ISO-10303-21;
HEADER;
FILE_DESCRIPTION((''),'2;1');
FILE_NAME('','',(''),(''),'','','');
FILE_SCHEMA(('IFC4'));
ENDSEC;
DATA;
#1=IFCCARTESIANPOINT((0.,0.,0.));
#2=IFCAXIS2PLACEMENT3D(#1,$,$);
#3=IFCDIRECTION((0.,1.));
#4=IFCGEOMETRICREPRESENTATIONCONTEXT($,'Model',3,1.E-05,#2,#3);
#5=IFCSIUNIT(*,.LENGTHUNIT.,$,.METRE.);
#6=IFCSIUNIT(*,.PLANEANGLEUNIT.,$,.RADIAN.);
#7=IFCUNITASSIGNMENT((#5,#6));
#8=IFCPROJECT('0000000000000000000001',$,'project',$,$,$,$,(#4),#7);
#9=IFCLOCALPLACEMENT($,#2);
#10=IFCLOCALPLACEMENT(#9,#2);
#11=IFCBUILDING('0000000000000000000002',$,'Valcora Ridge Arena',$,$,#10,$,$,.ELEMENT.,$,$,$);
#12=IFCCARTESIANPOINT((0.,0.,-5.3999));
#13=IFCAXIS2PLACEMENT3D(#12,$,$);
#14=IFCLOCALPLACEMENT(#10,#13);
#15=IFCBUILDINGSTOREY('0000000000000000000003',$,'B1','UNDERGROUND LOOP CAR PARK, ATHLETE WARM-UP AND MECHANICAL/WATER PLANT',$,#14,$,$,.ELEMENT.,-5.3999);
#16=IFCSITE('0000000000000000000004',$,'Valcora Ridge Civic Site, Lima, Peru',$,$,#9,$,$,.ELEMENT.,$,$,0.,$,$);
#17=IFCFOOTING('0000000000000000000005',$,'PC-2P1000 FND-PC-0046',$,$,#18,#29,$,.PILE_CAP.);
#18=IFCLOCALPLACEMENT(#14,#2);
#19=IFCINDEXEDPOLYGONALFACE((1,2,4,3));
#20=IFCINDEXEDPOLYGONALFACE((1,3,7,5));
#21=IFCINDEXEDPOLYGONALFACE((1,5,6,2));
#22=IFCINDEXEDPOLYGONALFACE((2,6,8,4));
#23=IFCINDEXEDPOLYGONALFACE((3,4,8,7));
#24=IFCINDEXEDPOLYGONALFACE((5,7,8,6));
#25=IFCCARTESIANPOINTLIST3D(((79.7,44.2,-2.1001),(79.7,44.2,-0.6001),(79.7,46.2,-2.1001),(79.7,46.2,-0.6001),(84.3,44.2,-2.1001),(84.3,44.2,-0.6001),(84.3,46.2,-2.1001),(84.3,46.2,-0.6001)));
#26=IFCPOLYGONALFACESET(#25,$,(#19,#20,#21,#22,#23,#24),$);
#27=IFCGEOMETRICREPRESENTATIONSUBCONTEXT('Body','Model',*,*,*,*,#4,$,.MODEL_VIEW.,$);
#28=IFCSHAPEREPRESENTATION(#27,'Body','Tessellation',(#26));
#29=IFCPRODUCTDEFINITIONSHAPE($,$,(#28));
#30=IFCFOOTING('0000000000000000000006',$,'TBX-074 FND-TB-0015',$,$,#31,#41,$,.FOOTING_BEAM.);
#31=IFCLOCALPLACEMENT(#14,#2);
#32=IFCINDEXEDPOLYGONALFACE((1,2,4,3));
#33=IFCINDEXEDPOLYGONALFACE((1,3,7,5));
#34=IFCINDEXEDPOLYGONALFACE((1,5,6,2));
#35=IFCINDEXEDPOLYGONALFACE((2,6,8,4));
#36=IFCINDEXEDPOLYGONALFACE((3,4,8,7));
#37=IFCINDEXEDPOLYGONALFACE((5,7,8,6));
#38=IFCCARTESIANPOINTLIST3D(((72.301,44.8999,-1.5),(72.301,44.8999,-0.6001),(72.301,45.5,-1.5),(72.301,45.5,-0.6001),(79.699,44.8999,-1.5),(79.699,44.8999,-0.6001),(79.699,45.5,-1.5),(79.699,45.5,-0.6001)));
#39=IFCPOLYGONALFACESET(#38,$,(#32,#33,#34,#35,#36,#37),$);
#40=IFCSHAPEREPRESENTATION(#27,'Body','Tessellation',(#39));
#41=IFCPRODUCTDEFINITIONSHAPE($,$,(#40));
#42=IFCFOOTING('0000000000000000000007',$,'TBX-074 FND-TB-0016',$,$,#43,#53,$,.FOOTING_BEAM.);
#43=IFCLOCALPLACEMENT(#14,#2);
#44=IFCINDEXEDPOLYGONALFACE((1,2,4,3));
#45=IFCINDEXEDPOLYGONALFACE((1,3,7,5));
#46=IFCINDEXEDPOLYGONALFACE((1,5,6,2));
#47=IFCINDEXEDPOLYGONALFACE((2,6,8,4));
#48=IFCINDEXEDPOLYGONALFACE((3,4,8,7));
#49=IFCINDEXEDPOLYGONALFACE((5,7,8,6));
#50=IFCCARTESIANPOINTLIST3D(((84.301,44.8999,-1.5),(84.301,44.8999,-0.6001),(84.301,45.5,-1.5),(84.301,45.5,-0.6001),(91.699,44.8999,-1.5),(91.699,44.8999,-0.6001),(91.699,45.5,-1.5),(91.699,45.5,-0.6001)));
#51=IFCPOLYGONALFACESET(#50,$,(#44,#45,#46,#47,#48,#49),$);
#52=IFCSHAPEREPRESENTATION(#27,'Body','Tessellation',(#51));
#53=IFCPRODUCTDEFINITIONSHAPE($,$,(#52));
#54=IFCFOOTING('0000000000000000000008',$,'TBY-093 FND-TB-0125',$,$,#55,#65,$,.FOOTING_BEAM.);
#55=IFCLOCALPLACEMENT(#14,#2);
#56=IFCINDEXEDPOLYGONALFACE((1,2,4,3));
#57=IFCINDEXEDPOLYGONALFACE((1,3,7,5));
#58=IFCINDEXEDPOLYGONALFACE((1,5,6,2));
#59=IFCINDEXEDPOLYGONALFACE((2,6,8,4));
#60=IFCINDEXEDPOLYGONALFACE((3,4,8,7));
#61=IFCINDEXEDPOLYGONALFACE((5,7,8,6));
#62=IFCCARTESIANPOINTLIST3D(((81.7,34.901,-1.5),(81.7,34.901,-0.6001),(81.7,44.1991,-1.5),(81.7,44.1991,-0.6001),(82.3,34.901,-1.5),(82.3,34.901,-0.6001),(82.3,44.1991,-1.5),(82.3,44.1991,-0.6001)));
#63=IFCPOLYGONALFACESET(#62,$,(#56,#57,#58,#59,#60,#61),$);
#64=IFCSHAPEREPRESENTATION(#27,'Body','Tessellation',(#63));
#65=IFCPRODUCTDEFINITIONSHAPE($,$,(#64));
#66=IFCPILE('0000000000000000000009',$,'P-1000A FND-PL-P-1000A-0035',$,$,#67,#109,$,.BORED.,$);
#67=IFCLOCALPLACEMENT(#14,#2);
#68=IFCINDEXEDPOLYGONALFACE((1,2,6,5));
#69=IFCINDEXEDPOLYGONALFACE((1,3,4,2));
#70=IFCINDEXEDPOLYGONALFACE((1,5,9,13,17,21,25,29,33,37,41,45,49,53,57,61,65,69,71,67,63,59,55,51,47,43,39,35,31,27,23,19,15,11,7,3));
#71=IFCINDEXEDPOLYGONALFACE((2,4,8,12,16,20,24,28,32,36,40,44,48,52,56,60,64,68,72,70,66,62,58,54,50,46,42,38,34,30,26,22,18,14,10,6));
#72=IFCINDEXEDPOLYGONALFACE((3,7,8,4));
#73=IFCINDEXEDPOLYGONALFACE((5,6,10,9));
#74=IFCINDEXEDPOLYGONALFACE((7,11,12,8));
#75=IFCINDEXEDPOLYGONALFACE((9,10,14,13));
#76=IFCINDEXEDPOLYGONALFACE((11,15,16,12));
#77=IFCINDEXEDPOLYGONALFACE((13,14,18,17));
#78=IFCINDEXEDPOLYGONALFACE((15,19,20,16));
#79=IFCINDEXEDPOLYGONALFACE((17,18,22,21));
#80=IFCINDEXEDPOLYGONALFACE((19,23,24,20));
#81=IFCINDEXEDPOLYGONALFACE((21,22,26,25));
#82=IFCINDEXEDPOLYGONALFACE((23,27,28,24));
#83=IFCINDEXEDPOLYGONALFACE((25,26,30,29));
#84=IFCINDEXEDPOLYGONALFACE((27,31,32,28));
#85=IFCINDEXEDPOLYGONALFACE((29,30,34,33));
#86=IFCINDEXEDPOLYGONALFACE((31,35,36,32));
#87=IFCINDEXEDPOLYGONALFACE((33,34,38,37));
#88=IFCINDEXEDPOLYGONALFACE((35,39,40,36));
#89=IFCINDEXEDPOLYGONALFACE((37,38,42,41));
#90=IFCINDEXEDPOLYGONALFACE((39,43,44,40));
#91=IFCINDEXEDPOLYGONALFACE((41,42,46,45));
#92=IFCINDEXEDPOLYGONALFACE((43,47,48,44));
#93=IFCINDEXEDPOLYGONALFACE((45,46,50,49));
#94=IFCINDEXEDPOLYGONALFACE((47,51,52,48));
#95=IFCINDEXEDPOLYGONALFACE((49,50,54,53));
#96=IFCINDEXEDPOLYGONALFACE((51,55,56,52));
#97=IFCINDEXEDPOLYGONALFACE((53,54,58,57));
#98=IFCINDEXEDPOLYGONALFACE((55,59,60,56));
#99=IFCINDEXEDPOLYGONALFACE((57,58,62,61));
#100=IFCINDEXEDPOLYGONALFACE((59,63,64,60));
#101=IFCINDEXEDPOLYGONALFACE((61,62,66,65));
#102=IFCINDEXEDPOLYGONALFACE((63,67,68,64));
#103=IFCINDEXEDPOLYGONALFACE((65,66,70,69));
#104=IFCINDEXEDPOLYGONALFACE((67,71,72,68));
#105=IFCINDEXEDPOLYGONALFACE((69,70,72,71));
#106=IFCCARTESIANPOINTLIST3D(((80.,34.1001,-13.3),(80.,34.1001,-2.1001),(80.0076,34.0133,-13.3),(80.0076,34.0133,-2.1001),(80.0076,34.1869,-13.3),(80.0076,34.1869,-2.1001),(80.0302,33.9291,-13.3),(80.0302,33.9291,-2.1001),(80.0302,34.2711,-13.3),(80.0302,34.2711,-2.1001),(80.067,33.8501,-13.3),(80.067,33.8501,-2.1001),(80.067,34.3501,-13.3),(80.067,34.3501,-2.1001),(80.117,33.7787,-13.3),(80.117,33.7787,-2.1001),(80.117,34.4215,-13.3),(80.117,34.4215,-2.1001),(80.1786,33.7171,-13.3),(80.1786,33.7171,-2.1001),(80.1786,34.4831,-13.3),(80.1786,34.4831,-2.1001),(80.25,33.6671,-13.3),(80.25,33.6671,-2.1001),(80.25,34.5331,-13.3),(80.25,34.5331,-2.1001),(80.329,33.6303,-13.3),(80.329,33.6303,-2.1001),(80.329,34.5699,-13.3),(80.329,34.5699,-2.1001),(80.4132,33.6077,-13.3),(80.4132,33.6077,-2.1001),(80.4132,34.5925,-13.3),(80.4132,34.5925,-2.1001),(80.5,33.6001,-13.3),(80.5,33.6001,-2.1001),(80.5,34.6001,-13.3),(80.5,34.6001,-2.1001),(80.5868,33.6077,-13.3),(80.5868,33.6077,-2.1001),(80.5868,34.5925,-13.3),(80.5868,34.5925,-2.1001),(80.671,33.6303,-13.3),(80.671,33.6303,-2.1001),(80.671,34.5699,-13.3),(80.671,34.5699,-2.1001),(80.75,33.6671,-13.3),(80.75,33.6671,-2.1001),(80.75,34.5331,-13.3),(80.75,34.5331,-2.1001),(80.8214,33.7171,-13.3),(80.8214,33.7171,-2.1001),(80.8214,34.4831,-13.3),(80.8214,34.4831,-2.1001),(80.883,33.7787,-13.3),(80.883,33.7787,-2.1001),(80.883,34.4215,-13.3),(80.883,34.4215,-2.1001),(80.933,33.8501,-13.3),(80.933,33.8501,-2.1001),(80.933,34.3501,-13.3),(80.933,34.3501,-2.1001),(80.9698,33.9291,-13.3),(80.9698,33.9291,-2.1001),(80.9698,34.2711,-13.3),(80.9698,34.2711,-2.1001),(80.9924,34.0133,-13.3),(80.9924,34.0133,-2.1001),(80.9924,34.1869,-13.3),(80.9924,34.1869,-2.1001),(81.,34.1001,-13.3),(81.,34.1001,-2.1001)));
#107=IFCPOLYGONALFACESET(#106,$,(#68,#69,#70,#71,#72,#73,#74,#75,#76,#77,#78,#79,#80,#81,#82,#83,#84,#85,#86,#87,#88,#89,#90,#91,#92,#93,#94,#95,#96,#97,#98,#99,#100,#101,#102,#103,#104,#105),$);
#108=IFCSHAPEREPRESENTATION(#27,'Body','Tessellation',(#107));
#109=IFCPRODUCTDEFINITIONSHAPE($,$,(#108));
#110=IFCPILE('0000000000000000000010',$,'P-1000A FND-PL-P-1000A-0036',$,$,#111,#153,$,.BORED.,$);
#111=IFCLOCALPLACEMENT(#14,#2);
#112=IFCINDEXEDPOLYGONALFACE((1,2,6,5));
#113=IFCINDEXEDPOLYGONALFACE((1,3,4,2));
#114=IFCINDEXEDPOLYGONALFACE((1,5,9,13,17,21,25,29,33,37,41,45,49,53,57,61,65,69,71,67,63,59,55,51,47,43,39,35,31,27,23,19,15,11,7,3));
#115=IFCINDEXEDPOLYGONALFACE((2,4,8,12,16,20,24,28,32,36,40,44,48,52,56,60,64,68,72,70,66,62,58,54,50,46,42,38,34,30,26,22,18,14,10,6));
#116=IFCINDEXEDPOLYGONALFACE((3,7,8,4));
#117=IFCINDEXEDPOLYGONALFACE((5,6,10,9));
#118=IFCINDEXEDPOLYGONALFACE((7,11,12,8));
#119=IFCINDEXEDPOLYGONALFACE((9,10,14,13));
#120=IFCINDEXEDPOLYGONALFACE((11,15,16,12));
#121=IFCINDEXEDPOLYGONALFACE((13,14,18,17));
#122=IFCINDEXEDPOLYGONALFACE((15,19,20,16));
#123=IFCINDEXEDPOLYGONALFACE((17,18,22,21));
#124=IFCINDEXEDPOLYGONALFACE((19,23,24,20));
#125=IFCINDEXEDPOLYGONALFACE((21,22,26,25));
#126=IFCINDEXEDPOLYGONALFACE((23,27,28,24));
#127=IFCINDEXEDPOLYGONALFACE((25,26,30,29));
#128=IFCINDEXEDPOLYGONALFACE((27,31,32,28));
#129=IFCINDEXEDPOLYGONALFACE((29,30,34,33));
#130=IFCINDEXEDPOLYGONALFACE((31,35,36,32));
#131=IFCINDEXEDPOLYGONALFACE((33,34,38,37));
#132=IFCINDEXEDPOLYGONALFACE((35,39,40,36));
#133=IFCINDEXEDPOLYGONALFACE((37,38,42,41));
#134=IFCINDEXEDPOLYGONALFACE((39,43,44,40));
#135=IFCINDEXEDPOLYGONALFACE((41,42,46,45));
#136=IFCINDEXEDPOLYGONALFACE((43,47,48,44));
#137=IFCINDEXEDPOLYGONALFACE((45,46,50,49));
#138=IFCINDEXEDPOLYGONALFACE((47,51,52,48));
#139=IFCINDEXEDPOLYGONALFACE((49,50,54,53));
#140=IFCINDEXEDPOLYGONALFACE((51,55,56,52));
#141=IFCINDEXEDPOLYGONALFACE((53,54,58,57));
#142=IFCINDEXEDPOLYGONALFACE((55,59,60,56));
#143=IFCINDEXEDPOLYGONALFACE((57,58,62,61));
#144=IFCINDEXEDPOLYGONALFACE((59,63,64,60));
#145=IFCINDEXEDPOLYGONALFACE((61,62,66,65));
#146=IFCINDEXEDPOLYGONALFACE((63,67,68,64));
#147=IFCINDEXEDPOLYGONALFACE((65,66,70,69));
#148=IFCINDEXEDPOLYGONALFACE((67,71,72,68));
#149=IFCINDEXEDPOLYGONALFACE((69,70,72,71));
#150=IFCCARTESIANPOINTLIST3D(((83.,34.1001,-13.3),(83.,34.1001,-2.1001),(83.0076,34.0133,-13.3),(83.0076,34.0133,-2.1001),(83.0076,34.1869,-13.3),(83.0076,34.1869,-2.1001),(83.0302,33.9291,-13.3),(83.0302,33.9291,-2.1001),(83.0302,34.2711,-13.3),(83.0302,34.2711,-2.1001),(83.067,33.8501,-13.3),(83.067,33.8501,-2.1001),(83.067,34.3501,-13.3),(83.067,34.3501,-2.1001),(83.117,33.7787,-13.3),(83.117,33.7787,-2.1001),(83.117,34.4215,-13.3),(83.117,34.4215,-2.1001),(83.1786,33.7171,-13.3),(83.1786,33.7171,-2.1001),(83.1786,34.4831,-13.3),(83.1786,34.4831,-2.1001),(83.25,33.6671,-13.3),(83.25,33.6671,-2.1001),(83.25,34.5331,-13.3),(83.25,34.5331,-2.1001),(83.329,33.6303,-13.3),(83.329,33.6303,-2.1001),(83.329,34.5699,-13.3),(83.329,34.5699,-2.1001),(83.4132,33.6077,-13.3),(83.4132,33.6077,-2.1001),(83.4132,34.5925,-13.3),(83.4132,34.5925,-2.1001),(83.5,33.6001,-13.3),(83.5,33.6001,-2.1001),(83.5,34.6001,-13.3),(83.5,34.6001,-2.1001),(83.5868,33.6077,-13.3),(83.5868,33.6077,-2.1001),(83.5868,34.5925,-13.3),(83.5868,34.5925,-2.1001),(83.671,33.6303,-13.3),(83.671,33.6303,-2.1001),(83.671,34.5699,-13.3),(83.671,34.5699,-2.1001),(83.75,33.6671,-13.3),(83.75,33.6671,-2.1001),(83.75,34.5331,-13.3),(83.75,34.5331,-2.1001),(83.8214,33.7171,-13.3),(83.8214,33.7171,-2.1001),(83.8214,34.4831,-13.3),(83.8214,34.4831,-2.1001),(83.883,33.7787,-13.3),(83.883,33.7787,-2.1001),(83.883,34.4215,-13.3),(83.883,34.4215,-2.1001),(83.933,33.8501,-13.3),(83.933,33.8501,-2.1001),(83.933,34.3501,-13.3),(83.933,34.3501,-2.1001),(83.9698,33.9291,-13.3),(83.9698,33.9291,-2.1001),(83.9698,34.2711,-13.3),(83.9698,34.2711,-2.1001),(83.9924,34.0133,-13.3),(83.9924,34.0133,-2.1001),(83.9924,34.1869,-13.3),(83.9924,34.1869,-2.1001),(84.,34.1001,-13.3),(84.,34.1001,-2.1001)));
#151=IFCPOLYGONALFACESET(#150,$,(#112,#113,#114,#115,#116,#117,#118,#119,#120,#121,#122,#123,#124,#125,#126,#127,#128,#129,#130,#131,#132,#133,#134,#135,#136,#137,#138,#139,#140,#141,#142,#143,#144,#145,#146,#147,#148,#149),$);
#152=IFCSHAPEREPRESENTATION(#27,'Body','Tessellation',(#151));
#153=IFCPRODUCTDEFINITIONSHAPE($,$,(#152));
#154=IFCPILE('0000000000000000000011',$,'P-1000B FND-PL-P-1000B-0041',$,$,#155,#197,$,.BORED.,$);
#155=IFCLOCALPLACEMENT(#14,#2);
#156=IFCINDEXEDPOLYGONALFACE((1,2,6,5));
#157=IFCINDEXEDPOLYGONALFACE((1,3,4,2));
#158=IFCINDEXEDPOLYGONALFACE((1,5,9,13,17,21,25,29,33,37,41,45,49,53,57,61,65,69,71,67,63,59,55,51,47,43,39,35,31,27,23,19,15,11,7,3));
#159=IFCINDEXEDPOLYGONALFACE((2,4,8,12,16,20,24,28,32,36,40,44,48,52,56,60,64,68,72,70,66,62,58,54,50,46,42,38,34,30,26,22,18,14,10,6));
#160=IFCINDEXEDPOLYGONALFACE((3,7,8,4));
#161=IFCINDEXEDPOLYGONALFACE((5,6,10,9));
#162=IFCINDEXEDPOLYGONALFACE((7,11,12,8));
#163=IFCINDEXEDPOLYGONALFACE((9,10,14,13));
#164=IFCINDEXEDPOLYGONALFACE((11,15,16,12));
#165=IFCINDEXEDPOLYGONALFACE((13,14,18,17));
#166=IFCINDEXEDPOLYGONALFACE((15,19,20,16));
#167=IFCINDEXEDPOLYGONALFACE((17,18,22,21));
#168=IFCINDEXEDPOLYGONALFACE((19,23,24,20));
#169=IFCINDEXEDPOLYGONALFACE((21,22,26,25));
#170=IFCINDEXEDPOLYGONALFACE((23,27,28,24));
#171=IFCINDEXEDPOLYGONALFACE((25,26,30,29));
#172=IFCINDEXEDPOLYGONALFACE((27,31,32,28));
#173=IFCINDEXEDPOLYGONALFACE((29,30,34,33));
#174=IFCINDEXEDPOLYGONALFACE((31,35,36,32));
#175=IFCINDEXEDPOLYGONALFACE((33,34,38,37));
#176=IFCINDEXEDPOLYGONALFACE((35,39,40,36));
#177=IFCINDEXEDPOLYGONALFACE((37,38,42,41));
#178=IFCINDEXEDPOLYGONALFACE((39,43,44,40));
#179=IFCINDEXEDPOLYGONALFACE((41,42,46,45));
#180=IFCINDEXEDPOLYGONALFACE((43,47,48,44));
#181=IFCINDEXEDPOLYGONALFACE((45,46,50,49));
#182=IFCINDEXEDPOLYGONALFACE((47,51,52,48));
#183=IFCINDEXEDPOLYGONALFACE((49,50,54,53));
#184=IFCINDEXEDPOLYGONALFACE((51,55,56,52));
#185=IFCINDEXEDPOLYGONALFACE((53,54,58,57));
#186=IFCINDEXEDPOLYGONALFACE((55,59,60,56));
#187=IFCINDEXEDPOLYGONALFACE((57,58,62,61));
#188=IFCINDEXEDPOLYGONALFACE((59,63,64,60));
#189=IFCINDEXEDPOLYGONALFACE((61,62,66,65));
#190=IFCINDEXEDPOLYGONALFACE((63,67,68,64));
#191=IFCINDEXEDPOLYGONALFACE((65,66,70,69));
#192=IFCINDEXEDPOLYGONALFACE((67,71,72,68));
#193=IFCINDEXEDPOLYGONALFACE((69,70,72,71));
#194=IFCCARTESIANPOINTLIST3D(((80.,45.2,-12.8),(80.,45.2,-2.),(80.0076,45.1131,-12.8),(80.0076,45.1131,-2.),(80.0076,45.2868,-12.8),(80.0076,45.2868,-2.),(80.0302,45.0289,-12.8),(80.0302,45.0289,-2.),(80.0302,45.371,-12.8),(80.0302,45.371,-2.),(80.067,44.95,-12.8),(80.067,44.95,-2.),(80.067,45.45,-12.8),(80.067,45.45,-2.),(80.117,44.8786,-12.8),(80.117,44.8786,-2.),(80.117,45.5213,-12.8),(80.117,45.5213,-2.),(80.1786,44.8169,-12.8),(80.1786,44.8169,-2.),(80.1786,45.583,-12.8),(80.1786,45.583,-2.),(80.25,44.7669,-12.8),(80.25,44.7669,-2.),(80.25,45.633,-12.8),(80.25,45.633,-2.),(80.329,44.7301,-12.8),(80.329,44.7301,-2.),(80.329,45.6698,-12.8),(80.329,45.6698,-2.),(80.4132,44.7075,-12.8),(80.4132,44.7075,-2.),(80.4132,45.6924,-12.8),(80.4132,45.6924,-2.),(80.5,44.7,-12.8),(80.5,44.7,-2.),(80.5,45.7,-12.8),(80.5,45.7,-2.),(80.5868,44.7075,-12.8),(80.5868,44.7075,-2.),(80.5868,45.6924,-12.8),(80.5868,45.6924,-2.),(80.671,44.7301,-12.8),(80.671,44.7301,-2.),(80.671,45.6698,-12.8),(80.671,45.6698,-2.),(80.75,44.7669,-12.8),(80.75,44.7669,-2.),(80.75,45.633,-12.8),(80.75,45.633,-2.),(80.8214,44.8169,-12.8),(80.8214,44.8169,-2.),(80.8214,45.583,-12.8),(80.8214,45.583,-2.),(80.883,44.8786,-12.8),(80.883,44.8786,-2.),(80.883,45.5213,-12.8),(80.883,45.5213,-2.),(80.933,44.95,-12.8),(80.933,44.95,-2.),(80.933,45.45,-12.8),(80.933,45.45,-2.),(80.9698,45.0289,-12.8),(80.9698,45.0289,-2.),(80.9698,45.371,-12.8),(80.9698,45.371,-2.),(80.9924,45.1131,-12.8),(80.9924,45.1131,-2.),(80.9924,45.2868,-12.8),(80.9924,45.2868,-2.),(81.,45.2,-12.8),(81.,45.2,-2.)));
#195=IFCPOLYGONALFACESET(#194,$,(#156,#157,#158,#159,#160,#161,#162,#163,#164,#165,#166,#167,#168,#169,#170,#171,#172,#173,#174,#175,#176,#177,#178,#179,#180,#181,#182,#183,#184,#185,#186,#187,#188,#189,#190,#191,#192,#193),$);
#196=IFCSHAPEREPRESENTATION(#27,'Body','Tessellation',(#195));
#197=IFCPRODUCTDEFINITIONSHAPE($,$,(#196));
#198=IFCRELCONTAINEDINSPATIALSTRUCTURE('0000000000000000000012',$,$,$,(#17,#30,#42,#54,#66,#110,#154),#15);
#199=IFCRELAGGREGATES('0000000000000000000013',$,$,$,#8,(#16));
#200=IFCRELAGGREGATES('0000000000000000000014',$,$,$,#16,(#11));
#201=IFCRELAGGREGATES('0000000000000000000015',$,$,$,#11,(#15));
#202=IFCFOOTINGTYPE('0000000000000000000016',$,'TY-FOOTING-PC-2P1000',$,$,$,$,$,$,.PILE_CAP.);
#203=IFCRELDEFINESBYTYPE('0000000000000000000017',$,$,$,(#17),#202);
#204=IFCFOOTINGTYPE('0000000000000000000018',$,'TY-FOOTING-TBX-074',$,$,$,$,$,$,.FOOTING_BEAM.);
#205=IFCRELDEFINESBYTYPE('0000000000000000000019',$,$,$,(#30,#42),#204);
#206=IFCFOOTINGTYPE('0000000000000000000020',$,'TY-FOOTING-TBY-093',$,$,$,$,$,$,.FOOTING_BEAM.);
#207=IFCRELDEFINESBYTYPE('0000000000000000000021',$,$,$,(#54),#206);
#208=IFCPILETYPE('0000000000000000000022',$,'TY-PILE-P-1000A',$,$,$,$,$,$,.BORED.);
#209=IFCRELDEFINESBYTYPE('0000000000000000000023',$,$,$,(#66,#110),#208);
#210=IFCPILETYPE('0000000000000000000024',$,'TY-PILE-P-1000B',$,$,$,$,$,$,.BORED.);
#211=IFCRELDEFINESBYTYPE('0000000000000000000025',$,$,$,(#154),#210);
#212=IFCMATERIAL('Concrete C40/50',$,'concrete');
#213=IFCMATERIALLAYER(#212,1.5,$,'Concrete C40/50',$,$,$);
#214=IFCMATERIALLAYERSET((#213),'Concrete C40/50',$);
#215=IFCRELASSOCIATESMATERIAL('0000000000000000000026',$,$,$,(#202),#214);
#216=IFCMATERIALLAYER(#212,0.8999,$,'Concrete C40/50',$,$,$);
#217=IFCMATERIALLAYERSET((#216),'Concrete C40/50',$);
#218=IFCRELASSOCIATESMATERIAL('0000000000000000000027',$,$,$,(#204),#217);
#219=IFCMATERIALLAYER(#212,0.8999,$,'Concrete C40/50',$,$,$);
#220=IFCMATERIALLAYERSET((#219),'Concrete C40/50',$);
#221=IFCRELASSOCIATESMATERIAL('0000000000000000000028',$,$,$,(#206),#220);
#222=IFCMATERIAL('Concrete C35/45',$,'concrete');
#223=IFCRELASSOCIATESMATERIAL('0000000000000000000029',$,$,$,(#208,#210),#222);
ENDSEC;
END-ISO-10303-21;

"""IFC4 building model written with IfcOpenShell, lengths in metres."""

from ifc_helpers import new_model, si_unit, direction, frame, origin, origin_2d, place, context, subcontext, project, spatial, rectangle, circle, extrude, material, layer, layer_set, material_profile, profile_set, type_object, element, save


model = new_model("IFC4")

# Units and contexts
model_context = context("Model", 3, precision=1e-05, world=origin(), true_north=direction((0.0, 1.0)))
body_context = subcontext(model_context, "Body", "Model", "MODEL_VIEW")
ifc_project = project(units=[si_unit("LENGTHUNIT", "METRE"), si_unit("PLANEANGLEUNIT", "RADIAN")], contexts=[model_context])

# Site, building, storey
site_placement = place(None, origin())
site = spatial("IfcSite", under=ifc_project, at=site_placement, Name="Valcora Ridge Civic Site, Lima, Peru", CompositionType="ELEMENT", RefElevation=0.0)
building_placement = place(site_placement, origin())
building = spatial("IfcBuilding", under=site, at=building_placement, Name="Valcora Ridge Arena", CompositionType="ELEMENT")
storey_placement = place(building_placement, frame((0.0, 0.0, -5.3999)))
storey = spatial("IfcBuildingStorey", under=building, at=storey_placement, Name="B1", Description="UNDERGROUND LOOP CAR PARK, ATHLETE WARM-UP AND MECHANICAL/WATER PLANT", CompositionType="ELEMENT", Elevation=-5.3999)

# Footings
ifc_material_1 = material(Name="Concrete C40/50", Category="concrete")
ifc_layer_1 = layer(ifc_material_1, 1.5, Name="Concrete C40/50")
ifc_layer_set_1 = layer_set([ifc_layer_1], Name="Concrete C40/50")
footing_type_1 = type_object("IfcFootingType", Name="TY-FOOTING-PC-2P1000", PredefinedType="PILE_CAP", material=ifc_layer_set_1)
footing_1_placement = place(storey_placement, frame((82.0, 45.2, -2.1001), z_axis=(0.0, 0.0, 1.0), x_axis=(1.0, 0.0, 0.0)))
element("IfcFooting", 1, at=footing_1_placement, inside=storey, type_object=footing_type_1, Name="PC-2P1000 FND-PC-0046", PredefinedType="PILE_CAP", context=body_context, shape_type="SweptSolid", body=[
    extrude(rectangle(XDim=4.6001, YDim=2.0, at=origin_2d()), origin(), (0.0, 0.0, 1.0), 1.5),
])
ifc_layer_2 = layer(ifc_material_1, 0.8999, Name="Concrete C40/50")
ifc_layer_set_2 = layer_set([ifc_layer_2], Name="Concrete C40/50")
footing_type_2 = type_object("IfcFootingType", Name="TY-FOOTING-TBX-074", PredefinedType="FOOTING_BEAM", material=ifc_layer_set_2)
for number, where, z_axis, x_axis, name in (
    (2, (76.0, 45.2, -1.5), (0.0, 0.0, 1.0), (1.0, 0.0, 0.0), "TBX-074 FND-TB-0015"),
    (3, (88.0, 45.2, -1.5), (0.0, 0.0, 1.0), (1.0, 0.0, 0.0), "TBX-074 FND-TB-0016"),
):
    element("IfcFooting", number, at=place(storey_placement, frame(where, z_axis=z_axis, x_axis=x_axis)), inside=storey, type_object=footing_type_2, Name=name, PredefinedType="FOOTING_BEAM", context=body_context, shape_type="SweptSolid", body=[
        extrude(rectangle(XDim=7.3979, YDim=0.6001, at=origin_2d()), origin(), (0.0, 0.0, 1.0), 0.8999),
    ])
ifc_layer_3 = layer(ifc_material_1, 0.8999, Name="Concrete C40/50")
ifc_layer_set_3 = layer_set([ifc_layer_3], Name="Concrete C40/50")
footing_type_3 = type_object("IfcFootingType", Name="TY-FOOTING-TBY-093", PredefinedType="FOOTING_BEAM", material=ifc_layer_set_3)
footing_2_placement = place(storey_placement, frame((82.0, 39.55, -1.5), z_axis=(0.0, 0.0, 1.0), x_axis=(1.0, 0.0, 0.0)))
element("IfcFooting", 4, at=footing_2_placement, inside=storey, type_object=footing_type_3, Name="TBY-093 FND-TB-0125", PredefinedType="FOOTING_BEAM", context=body_context, shape_type="SweptSolid", body=[
    extrude(rectangle(XDim=0.6001, YDim=9.2981, at=origin_2d()), origin(), (0.0, 0.0, 1.0), 0.8999),
])

# Piles
ifc_material_2 = material(Name="Concrete C35/45", Category="concrete")
ifc_material_profile_1 = material_profile(ifc_material_2, circle(Radius=0.5, at=origin_2d()), Name="BORED PILE D1000")
ifc_profile_set_1 = profile_set([ifc_material_profile_1], Name="Concrete C35/45")
pile_type_1 = type_object("IfcPileType", Name="TY-PILE-P-1000A", PredefinedType="BORED", material=ifc_profile_set_1)
for number, where, z_axis, x_axis, name in (
    (5, (80.5, 34.1001, -2.1001), (0.0, 0.0, -1.0), (1.0, 0.0, 0.0), "P-1000A FND-PL-P-1000A-0035"),
    (6, (83.5, 34.1001, -2.1001), (0.0, 0.0, -1.0), (1.0, 0.0, 0.0), "P-1000A FND-PL-P-1000A-0036"),
):
    element("IfcPile", number, at=place(storey_placement, frame(where, z_axis=z_axis, x_axis=x_axis)), inside=storey, type_object=pile_type_1, Name=name, PredefinedType="BORED", context=body_context, shape_type="SweptSolid", body=[
        extrude(circle(Radius=0.5, at=origin_2d()), origin(), (0.0, 0.0, 1.0), 11.2),
    ])
ifc_material_profile_2 = material_profile(ifc_material_2, circle(Radius=0.5, at=origin_2d()), Name="BORED PILE D1000")
ifc_profile_set_2 = profile_set([ifc_material_profile_2], Name="Concrete C35/45")
pile_type_2 = type_object("IfcPileType", Name="TY-PILE-P-1000B", PredefinedType="BORED", material=ifc_profile_set_2)
for number, where, z_axis, x_axis, name in (
    (7, (80.5, 45.2, -2.0), (0.0, 0.0, -1.0), (1.0, 0.0, 0.0), "P-1000B FND-PL-P-1000B-0041"),
):
    element("IfcPile", number, at=place(storey_placement, frame(where, z_axis=z_axis, x_axis=x_axis)), inside=storey, type_object=pile_type_2, Name=name, PredefinedType="BORED", context=body_context, shape_type="SweptSolid", body=[
        extrude(circle(Radius=0.5, at=origin_2d()), origin(), (0.0, 0.0, 1.0), 10.8),
    ])

save(model, "model.ifc")
